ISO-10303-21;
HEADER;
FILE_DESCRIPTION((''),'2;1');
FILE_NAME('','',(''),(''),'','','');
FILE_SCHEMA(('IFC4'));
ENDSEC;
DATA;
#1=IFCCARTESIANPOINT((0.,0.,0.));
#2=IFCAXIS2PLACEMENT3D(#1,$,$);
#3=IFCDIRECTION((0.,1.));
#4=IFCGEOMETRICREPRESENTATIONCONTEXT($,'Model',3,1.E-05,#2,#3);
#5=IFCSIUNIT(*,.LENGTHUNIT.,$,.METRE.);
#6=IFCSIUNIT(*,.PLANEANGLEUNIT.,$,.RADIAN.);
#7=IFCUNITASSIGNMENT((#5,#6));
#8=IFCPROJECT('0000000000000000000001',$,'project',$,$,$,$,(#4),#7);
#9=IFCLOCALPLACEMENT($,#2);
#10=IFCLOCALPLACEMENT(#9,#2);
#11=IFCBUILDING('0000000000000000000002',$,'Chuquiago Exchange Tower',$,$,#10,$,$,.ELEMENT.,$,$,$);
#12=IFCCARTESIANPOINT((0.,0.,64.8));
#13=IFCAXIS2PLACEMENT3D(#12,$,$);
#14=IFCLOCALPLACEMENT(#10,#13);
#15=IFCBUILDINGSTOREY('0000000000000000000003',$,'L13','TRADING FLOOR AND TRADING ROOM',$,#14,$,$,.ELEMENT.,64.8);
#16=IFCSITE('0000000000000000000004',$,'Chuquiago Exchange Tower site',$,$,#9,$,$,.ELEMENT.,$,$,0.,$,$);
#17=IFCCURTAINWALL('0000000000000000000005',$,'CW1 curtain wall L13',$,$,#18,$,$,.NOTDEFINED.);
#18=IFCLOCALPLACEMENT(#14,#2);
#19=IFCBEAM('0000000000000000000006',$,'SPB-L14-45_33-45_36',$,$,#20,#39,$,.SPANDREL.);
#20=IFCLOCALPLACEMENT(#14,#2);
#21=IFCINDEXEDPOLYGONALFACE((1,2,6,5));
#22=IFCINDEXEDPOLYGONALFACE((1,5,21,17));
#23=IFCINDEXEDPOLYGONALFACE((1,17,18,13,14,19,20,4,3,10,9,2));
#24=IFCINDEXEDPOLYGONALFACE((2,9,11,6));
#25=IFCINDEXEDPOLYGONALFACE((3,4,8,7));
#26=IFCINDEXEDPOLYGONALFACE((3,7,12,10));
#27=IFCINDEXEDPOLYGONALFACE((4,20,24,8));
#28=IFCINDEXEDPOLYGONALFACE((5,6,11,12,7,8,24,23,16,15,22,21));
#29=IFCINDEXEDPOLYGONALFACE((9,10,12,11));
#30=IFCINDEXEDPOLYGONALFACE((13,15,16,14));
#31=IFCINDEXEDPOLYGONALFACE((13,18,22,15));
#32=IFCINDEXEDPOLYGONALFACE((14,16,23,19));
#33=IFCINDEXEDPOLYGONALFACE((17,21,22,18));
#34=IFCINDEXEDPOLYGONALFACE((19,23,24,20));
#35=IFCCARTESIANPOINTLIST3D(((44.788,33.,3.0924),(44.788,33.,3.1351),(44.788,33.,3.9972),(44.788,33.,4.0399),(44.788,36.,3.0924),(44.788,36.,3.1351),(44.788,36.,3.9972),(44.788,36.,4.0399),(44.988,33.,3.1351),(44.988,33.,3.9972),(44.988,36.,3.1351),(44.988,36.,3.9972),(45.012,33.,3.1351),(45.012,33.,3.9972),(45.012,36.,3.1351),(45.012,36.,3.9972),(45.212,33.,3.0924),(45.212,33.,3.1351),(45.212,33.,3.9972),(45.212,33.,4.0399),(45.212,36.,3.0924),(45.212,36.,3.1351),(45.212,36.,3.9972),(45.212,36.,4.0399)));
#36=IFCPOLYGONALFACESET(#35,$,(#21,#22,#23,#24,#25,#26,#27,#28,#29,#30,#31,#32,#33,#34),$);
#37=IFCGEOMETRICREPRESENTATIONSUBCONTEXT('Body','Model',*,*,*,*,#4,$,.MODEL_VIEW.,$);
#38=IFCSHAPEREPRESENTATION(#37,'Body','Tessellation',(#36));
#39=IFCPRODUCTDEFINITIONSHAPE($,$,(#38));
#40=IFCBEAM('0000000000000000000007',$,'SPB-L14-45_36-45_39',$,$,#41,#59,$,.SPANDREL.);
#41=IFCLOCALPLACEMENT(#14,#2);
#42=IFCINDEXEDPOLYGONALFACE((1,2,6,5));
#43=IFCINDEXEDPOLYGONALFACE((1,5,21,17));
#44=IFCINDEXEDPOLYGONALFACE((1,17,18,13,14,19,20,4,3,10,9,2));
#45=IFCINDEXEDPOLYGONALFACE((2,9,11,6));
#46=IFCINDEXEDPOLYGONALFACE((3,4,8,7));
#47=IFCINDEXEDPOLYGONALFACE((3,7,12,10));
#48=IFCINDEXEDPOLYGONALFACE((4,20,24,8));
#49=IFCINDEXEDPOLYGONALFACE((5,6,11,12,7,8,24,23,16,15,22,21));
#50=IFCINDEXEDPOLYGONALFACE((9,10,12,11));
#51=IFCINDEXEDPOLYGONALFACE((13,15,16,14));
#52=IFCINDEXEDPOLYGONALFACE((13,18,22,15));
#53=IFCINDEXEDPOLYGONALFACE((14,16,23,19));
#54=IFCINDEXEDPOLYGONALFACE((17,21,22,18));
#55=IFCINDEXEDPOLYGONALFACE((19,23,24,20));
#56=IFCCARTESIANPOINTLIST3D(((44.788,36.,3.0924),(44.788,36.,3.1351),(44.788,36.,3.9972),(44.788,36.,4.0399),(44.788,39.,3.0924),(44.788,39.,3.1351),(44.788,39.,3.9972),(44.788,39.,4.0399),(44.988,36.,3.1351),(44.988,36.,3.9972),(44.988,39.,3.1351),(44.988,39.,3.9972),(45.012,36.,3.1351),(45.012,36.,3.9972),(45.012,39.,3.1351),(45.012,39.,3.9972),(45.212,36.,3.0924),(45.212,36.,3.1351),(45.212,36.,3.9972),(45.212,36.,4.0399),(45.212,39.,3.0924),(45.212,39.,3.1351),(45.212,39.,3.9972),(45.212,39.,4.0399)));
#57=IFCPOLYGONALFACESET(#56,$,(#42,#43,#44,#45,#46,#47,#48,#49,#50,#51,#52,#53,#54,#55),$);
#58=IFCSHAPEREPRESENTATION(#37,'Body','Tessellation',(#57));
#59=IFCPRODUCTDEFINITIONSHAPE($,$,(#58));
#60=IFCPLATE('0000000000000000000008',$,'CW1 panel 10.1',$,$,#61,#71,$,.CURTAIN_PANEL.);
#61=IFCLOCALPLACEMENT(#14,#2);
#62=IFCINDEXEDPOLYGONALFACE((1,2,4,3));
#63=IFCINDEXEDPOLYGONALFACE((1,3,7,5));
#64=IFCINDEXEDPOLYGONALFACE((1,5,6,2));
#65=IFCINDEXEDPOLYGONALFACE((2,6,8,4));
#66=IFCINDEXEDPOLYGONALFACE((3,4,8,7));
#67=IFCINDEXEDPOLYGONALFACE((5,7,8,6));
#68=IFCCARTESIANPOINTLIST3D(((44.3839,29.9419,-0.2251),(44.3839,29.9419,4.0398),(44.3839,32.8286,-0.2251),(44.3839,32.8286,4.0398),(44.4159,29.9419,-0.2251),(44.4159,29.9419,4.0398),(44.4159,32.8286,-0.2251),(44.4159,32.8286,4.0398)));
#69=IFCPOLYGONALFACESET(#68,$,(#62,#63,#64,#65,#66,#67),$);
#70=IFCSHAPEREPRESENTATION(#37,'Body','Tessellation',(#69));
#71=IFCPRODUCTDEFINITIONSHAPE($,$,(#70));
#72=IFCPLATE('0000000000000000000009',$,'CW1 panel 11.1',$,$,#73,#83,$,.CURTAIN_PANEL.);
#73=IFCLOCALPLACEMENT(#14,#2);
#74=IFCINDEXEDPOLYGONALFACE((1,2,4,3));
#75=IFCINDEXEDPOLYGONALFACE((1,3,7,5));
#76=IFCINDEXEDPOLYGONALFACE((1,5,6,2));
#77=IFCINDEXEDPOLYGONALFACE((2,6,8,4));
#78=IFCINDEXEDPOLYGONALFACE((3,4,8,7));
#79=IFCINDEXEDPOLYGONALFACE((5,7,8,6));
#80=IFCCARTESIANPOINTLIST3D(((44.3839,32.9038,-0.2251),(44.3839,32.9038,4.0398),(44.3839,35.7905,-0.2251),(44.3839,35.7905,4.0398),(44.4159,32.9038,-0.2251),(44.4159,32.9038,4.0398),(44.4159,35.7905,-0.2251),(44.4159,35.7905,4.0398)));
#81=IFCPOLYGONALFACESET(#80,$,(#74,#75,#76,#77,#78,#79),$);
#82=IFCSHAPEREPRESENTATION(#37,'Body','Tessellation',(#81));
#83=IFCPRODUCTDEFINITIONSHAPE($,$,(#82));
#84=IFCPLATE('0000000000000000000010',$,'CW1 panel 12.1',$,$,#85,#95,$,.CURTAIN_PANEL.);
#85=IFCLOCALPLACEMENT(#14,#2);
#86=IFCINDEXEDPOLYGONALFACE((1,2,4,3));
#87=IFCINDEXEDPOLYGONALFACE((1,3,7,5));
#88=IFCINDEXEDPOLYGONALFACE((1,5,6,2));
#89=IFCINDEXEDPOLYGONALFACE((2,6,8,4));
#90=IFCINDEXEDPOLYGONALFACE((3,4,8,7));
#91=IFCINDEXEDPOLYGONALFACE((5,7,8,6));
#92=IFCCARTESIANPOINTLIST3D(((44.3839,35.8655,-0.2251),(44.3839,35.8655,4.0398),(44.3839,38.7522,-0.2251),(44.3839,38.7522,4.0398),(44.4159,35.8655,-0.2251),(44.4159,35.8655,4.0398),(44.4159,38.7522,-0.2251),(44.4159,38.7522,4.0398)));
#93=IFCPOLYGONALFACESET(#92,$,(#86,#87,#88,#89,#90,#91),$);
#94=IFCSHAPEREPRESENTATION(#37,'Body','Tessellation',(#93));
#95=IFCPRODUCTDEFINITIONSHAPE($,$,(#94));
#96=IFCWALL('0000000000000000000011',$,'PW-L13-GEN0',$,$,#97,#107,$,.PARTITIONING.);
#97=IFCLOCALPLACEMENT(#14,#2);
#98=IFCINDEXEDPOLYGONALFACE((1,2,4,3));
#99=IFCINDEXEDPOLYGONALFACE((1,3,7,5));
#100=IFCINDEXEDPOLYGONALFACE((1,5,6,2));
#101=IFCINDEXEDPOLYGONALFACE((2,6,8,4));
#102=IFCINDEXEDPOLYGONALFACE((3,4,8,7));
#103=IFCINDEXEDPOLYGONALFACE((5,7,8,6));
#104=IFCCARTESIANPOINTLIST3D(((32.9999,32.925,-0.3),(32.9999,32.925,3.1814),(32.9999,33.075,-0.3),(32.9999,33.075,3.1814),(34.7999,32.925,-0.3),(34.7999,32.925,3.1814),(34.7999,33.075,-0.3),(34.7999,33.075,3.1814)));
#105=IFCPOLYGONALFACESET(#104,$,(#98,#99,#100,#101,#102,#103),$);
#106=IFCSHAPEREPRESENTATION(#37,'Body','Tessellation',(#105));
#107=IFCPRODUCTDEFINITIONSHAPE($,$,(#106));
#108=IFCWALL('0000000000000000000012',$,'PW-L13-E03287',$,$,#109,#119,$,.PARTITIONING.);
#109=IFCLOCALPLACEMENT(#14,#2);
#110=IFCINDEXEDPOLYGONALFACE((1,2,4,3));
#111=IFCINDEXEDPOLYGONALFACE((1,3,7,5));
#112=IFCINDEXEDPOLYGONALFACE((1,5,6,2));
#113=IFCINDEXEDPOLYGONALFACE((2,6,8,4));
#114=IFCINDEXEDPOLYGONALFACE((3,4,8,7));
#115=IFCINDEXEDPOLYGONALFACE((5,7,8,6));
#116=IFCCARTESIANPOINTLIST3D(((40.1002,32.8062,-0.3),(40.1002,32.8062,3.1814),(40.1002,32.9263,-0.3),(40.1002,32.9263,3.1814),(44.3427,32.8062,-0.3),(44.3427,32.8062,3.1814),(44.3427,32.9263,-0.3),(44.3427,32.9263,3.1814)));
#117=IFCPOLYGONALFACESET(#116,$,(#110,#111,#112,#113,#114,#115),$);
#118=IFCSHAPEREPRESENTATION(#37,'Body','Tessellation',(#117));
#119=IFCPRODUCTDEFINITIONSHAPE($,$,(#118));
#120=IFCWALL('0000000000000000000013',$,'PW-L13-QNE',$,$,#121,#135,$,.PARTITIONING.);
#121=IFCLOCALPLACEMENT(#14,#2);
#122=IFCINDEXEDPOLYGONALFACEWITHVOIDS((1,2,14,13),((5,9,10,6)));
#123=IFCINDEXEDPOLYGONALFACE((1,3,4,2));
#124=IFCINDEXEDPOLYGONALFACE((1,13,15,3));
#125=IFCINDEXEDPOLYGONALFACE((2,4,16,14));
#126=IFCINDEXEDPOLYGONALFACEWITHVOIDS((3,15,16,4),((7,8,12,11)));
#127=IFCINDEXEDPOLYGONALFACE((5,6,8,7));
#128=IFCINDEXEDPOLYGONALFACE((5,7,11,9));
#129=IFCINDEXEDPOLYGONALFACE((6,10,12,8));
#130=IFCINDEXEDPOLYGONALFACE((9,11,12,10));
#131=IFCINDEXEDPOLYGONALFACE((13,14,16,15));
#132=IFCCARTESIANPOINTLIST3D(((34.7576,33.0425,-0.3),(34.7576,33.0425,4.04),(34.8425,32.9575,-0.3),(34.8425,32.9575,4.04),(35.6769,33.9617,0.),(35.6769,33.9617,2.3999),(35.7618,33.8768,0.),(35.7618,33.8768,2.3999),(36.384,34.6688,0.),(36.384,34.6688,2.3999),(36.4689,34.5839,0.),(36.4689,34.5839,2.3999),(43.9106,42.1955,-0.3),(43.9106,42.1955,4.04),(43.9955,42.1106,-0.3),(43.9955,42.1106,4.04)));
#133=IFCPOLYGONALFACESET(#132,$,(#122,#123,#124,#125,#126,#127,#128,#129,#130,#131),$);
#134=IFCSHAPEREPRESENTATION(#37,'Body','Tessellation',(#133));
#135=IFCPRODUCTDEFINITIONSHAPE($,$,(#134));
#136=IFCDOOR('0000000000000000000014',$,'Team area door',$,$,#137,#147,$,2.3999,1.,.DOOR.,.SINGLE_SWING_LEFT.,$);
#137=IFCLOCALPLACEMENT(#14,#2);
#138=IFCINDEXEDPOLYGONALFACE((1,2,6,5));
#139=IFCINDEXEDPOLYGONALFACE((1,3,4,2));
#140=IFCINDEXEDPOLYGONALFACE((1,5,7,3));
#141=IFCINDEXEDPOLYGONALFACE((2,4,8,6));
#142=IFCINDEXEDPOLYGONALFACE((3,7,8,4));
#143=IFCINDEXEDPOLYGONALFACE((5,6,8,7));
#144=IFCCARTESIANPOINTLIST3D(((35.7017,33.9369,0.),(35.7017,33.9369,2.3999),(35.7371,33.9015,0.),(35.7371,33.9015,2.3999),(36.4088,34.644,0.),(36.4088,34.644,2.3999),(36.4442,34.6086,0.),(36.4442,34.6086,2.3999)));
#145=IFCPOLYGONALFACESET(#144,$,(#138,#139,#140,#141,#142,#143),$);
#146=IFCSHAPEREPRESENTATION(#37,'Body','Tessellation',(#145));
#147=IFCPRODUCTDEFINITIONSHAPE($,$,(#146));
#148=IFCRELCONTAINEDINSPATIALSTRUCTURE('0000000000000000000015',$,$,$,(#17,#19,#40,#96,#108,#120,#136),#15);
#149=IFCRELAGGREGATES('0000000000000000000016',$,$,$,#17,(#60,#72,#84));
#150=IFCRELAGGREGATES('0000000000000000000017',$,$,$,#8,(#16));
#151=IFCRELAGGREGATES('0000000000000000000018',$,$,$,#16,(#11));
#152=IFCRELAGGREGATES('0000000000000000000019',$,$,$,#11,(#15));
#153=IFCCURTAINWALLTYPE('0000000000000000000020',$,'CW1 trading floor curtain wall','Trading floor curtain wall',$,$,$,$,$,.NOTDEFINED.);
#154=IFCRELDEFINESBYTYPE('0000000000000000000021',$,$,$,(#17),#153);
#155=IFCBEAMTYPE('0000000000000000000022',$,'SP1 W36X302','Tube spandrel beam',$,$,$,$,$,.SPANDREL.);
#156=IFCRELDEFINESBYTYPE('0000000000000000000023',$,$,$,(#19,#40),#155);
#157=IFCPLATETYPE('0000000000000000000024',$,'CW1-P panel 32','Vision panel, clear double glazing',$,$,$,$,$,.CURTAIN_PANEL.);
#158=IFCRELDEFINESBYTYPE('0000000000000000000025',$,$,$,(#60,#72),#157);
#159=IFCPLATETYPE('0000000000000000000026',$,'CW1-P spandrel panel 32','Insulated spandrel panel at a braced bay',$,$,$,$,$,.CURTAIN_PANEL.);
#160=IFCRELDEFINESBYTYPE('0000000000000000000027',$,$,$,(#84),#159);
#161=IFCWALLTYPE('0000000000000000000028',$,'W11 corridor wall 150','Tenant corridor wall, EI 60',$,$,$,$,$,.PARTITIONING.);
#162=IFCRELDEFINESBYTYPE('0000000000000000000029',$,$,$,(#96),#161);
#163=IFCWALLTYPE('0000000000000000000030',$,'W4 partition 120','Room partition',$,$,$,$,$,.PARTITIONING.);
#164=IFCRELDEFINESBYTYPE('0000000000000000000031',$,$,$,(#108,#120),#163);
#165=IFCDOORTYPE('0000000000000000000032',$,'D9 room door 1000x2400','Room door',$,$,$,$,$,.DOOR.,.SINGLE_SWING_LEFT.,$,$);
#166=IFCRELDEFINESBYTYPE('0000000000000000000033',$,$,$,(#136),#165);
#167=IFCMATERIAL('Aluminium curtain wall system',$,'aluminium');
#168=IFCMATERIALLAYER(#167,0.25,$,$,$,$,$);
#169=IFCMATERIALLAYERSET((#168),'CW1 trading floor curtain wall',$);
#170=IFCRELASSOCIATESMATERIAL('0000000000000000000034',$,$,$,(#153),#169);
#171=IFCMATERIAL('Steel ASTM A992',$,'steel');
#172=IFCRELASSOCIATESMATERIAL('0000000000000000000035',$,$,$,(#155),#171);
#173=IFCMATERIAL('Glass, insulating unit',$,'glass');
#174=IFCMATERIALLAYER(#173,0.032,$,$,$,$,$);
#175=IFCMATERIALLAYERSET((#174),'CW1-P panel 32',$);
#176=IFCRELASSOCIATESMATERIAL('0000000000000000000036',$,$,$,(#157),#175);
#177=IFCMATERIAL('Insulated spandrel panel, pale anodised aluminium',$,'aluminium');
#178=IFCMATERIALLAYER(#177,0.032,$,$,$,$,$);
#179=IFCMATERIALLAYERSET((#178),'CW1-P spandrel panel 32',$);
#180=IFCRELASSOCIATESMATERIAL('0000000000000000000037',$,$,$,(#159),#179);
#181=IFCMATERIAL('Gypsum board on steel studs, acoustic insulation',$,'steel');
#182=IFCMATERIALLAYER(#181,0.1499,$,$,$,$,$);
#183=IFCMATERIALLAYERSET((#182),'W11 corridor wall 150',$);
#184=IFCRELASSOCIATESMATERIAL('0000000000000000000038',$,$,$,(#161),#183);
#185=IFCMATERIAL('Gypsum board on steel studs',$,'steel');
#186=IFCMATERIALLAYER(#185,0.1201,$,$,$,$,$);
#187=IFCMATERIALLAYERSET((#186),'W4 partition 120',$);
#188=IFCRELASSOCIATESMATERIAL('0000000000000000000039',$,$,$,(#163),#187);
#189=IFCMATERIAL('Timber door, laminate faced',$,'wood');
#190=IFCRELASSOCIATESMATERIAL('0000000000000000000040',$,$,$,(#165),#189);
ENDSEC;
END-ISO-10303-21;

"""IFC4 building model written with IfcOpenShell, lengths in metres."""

from ifc_helpers import new_model, si_unit, direction, frame, frame_2d, origin, origin_2d, place, context, subcontext, project, spatial, rectangle, i_section, extrude, material, layer, layer_set, material_profile, profile_set, type_object, element, fill, aggregate, save


model = new_model("IFC4")

# Units and contexts
model_context = context("Model", 3, precision=1e-05, world=origin(), true_north=direction((0.0, 1.0)))
body_context = subcontext(model_context, "Body", "Model", "MODEL_VIEW")
ifc_project = project(units=[si_unit("LENGTHUNIT", "METRE"), si_unit("PLANEANGLEUNIT", "RADIAN")], contexts=[model_context])

# Site, building, storey
site_placement = place(None, origin())
site = spatial("IfcSite", under=ifc_project, at=site_placement, Name="Chuquiago Exchange Tower site", CompositionType="ELEMENT", RefElevation=0.0)
building_placement = place(site_placement, origin())
building = spatial("IfcBuilding", under=site, at=building_placement, Name="Chuquiago Exchange Tower", CompositionType="ELEMENT")
storey_placement = place(building_placement, frame((0.0, 0.0, 64.8)))
storey = spatial("IfcBuildingStorey", under=building, at=storey_placement, Name="L13", Description="TRADING FLOOR AND TRADING ROOM", CompositionType="ELEMENT", Elevation=64.8)

# Curtain wall
ifc_material_1 = material(Name="Aluminium curtain wall system", Category="aluminium")
ifc_layer_1 = layer(ifc_material_1, 0.25)
ifc_layer_set_1 = layer_set([ifc_layer_1], Name="CW1 trading floor curtain wall")
curtain_wall_type = type_object("IfcCurtainWallType", Name="CW1 trading floor curtain wall", Description="Trading floor curtain wall", PredefinedType="NOTDEFINED", material=ifc_layer_set_1)
curtain_wall_placement = place(storey_placement, origin())
curtain_wall = element("IfcCurtainWall", 1, at=curtain_wall_placement, inside=storey, type_object=curtain_wall_type, Name="CW1 curtain wall L13", PredefinedType="NOTDEFINED")

# Beams
ifc_material_2 = material(Name="Steel ASTM A992", Category="steel")
ifc_material_profile_1 = material_profile(ifc_material_2, i_section(OverallWidth=0.4241, OverallDepth=0.9475, WebThickness=0.0239, FlangeThickness=0.0427, at=origin_2d()), Name="W36X302")
ifc_profile_set_1 = profile_set([ifc_material_profile_1], Name="Steel ASTM A992")
beam_type_1 = type_object("IfcBeamType", Name="SP1 W36X302", Description="Tube spandrel beam", PredefinedType="SPANDREL", material=ifc_profile_set_1)
for number, where, z_axis, x_axis, name in (
    (2, (45.0, 33.0, 3.5662), (0.0, 1.0, 0.0), (-1.0, 0.0, 0.0), "SPB-L14-45_33-45_36"),
    (3, (45.0, 36.0, 3.5662), (0.0, 1.0, 0.0), (-1.0, 0.0, 0.0), "SPB-L14-45_36-45_39"),
):
    element("IfcBeam", number, at=place(storey_placement, frame(where, z_axis=z_axis, x_axis=x_axis)), inside=storey, type_object=beam_type_1, Name=name, PredefinedType="SPANDREL", context=body_context, shape_type="SweptSolid", body=[
        extrude(i_section(OverallWidth=0.4241, OverallDepth=0.9475, WebThickness=0.0239, FlangeThickness=0.0427, at=origin_2d()), origin(), (0.0, 0.0, 1.0), 3.0),
    ])

# Plates
ifc_material_3 = material(Name="Glass, insulating unit", Category="glass")
ifc_layer_2 = layer(ifc_material_3, 0.032)
ifc_layer_set_2 = layer_set([ifc_layer_2], Name="CW1-P panel 32")
plate_type_1 = type_object("IfcPlateType", Name="CW1-P panel 32", Description="Vision panel, clear double glazing", PredefinedType="CURTAIN_PANEL", material=ifc_layer_set_2)
plate_1_placement = place(storey_placement, frame((44.3999, 31.3853, -0.2251), z_axis=(0.0, 0.0, 1.0), x_axis=(0.0, 1.0, 0.0)))
plate_1 = element("IfcPlate", 4, at=plate_1_placement, type_object=plate_type_1, Name="CW1 panel 10.1", PredefinedType="CURTAIN_PANEL", context=body_context, shape_type="SweptSolid", body=[
    extrude(rectangle(XDim=2.8867, YDim=0.032, at=origin_2d()), origin(), (0.0, 0.0, 1.0), 4.2649),
])
plate_2_placement = place(storey_placement, frame((44.3999, 34.3472, -0.2251), z_axis=(0.0, 0.0, 1.0), x_axis=(0.0, 1.0, 0.0)))
plate_2 = element("IfcPlate", 5, at=plate_2_placement, type_object=plate_type_1, Name="CW1 panel 11.1", PredefinedType="CURTAIN_PANEL", context=body_context, shape_type="SweptSolid", body=[
    extrude(rectangle(XDim=2.8867, YDim=0.032, at=origin_2d()), origin(), (0.0, 0.0, 1.0), 4.2649),
])
ifc_material_4 = material(Name="Insulated spandrel panel, pale anodised aluminium", Category="aluminium")
ifc_layer_3 = layer(ifc_material_4, 0.032)
ifc_layer_set_3 = layer_set([ifc_layer_3], Name="CW1-P spandrel panel 32")
plate_type_2 = type_object("IfcPlateType", Name="CW1-P spandrel panel 32", Description="Insulated spandrel panel at a braced bay", PredefinedType="CURTAIN_PANEL", material=ifc_layer_set_3)
plate_3_placement = place(storey_placement, frame((44.3999, 37.3088, -0.2251), z_axis=(0.0, 0.0, 1.0), x_axis=(0.0, 1.0, 0.0)))
plate_3 = element("IfcPlate", 6, at=plate_3_placement, type_object=plate_type_2, Name="CW1 panel 12.1", PredefinedType="CURTAIN_PANEL", context=body_context, shape_type="SweptSolid", body=[
    extrude(rectangle(XDim=2.8867, YDim=0.032, at=origin_2d()), origin(), (0.0, 0.0, 1.0), 4.2649),
])
aggregate(curtain_wall, [plate_1, plate_2, plate_3])

# Walls
ifc_material_5 = material(Name="Gypsum board on steel studs, acoustic insulation", Category="steel")
ifc_layer_4 = layer(ifc_material_5, 0.1499)
ifc_layer_set_4 = layer_set([ifc_layer_4], Name="W11 corridor wall 150")
wall_type_1 = type_object("IfcWallType", Name="W11 corridor wall 150", Description="Tenant corridor wall, EI 60", PredefinedType="PARTITIONING", material=ifc_layer_set_4)
wall_1_placement = place(storey_placement, frame((33.0, 33.0, -0.3), z_axis=(0.0, 0.0, 1.0), x_axis=(1.0, 0.0, 0.0)))
element("IfcWall", 7, at=wall_1_placement, inside=storey, type_object=wall_type_1, Name="PW-L13-GEN0", PredefinedType="PARTITIONING", context=body_context, shape_type="SweptSolid", body=[
    extrude(rectangle(XDim=1.8, YDim=0.1499, at=frame_2d((0.8999, 0.0))), origin(), (0.0, 0.0, 1.0), 3.4814),
])
ifc_material_6 = material(Name="Gypsum board on steel studs", Category="steel")
ifc_layer_5 = layer(ifc_material_6, 0.1201)
ifc_layer_set_5 = layer_set([ifc_layer_5], Name="W4 partition 120")
wall_type_2 = type_object("IfcWallType", Name="W4 partition 120", Description="Room partition", PredefinedType="PARTITIONING", material=ifc_layer_set_5)
wall_2_placement = place(storey_placement, frame((44.3425, 32.8662, -0.3), z_axis=(0.0, 0.0, 1.0), x_axis=(-1.0, 0.0, 0.0)))
element("IfcWall", 8, at=wall_2_placement, inside=storey, type_object=wall_type_2, Name="PW-L13-E03287", PredefinedType="PARTITIONING", context=body_context, shape_type="SweptSolid", body=[
    extrude(rectangle(XDim=4.2424, YDim=0.1201, at=frame_2d((2.1211, 0.0))), origin(), (0.0, 0.0, 1.0), 3.4814),
])

# Wall, opening, door
wall_3_placement = place(storey_placement, frame((34.8, 33.0, -0.3), z_axis=(0.0, 0.0, 1.0), x_axis=(0.707107, 0.707107, 0.0)))
wall_3 = element("IfcWall", 9, at=wall_3_placement, inside=storey, type_object=wall_type_2, Name="PW-L13-QNE", PredefinedType="PARTITIONING", context=body_context, shape_type="SweptSolid", body=[
    extrude(rectangle(XDim=12.9443, YDim=0.1201, at=frame_2d((6.4722, 0.0))), origin(), (0.0, 0.0, 1.0), 4.3401),
])
opening_placement = place(wall_3_placement, frame((1.3, 0.0, 0.3)))
opening = element("IfcOpeningElement", 10, at=opening_placement, cuts=wall_3, PredefinedType="OPENING", context=body_context, shape_type="SweptSolid", body=[
    extrude(rectangle(XDim=1.0, YDim=2.3999, at=frame_2d((0.5, 1.2))), frame((0.0, 0.0701, 0.0), z_axis=(0.0, -1.0, 0.0), x_axis=(1.0, 0.0, 0.0)), (0.0, 0.0, 1.0), 0.1401),
])
ifc_material_7 = material(Name="Timber door, laminate faced", Category="wood")
door_type = type_object("IfcDoorType", Name="D9 room door 1000x2400", Description="Room door", OperationType="SINGLE_SWING_LEFT", PredefinedType="DOOR", material=ifc_material_7)
door_placement = place(opening_placement, origin())
door = element("IfcDoor", 11, at=door_placement, inside=storey, type_object=door_type, Name="Team area door", OperationType="SINGLE_SWING_LEFT", OverallHeight=2.3999, OverallWidth=1.0, PredefinedType="DOOR", context=body_context, shape_type="SweptSolid", body=[
    extrude(rectangle(XDim=1.0, YDim=2.3999, at=frame_2d((0.5, 1.2))), frame((0.0, 0.0249, 0.0), z_axis=(0.0, -1.0, 0.0), x_axis=(1.0, 0.0, 0.0)), (0.0, 0.0, 1.0), 0.05),
])
fill(opening, door)

save(model, "model.ifc")
